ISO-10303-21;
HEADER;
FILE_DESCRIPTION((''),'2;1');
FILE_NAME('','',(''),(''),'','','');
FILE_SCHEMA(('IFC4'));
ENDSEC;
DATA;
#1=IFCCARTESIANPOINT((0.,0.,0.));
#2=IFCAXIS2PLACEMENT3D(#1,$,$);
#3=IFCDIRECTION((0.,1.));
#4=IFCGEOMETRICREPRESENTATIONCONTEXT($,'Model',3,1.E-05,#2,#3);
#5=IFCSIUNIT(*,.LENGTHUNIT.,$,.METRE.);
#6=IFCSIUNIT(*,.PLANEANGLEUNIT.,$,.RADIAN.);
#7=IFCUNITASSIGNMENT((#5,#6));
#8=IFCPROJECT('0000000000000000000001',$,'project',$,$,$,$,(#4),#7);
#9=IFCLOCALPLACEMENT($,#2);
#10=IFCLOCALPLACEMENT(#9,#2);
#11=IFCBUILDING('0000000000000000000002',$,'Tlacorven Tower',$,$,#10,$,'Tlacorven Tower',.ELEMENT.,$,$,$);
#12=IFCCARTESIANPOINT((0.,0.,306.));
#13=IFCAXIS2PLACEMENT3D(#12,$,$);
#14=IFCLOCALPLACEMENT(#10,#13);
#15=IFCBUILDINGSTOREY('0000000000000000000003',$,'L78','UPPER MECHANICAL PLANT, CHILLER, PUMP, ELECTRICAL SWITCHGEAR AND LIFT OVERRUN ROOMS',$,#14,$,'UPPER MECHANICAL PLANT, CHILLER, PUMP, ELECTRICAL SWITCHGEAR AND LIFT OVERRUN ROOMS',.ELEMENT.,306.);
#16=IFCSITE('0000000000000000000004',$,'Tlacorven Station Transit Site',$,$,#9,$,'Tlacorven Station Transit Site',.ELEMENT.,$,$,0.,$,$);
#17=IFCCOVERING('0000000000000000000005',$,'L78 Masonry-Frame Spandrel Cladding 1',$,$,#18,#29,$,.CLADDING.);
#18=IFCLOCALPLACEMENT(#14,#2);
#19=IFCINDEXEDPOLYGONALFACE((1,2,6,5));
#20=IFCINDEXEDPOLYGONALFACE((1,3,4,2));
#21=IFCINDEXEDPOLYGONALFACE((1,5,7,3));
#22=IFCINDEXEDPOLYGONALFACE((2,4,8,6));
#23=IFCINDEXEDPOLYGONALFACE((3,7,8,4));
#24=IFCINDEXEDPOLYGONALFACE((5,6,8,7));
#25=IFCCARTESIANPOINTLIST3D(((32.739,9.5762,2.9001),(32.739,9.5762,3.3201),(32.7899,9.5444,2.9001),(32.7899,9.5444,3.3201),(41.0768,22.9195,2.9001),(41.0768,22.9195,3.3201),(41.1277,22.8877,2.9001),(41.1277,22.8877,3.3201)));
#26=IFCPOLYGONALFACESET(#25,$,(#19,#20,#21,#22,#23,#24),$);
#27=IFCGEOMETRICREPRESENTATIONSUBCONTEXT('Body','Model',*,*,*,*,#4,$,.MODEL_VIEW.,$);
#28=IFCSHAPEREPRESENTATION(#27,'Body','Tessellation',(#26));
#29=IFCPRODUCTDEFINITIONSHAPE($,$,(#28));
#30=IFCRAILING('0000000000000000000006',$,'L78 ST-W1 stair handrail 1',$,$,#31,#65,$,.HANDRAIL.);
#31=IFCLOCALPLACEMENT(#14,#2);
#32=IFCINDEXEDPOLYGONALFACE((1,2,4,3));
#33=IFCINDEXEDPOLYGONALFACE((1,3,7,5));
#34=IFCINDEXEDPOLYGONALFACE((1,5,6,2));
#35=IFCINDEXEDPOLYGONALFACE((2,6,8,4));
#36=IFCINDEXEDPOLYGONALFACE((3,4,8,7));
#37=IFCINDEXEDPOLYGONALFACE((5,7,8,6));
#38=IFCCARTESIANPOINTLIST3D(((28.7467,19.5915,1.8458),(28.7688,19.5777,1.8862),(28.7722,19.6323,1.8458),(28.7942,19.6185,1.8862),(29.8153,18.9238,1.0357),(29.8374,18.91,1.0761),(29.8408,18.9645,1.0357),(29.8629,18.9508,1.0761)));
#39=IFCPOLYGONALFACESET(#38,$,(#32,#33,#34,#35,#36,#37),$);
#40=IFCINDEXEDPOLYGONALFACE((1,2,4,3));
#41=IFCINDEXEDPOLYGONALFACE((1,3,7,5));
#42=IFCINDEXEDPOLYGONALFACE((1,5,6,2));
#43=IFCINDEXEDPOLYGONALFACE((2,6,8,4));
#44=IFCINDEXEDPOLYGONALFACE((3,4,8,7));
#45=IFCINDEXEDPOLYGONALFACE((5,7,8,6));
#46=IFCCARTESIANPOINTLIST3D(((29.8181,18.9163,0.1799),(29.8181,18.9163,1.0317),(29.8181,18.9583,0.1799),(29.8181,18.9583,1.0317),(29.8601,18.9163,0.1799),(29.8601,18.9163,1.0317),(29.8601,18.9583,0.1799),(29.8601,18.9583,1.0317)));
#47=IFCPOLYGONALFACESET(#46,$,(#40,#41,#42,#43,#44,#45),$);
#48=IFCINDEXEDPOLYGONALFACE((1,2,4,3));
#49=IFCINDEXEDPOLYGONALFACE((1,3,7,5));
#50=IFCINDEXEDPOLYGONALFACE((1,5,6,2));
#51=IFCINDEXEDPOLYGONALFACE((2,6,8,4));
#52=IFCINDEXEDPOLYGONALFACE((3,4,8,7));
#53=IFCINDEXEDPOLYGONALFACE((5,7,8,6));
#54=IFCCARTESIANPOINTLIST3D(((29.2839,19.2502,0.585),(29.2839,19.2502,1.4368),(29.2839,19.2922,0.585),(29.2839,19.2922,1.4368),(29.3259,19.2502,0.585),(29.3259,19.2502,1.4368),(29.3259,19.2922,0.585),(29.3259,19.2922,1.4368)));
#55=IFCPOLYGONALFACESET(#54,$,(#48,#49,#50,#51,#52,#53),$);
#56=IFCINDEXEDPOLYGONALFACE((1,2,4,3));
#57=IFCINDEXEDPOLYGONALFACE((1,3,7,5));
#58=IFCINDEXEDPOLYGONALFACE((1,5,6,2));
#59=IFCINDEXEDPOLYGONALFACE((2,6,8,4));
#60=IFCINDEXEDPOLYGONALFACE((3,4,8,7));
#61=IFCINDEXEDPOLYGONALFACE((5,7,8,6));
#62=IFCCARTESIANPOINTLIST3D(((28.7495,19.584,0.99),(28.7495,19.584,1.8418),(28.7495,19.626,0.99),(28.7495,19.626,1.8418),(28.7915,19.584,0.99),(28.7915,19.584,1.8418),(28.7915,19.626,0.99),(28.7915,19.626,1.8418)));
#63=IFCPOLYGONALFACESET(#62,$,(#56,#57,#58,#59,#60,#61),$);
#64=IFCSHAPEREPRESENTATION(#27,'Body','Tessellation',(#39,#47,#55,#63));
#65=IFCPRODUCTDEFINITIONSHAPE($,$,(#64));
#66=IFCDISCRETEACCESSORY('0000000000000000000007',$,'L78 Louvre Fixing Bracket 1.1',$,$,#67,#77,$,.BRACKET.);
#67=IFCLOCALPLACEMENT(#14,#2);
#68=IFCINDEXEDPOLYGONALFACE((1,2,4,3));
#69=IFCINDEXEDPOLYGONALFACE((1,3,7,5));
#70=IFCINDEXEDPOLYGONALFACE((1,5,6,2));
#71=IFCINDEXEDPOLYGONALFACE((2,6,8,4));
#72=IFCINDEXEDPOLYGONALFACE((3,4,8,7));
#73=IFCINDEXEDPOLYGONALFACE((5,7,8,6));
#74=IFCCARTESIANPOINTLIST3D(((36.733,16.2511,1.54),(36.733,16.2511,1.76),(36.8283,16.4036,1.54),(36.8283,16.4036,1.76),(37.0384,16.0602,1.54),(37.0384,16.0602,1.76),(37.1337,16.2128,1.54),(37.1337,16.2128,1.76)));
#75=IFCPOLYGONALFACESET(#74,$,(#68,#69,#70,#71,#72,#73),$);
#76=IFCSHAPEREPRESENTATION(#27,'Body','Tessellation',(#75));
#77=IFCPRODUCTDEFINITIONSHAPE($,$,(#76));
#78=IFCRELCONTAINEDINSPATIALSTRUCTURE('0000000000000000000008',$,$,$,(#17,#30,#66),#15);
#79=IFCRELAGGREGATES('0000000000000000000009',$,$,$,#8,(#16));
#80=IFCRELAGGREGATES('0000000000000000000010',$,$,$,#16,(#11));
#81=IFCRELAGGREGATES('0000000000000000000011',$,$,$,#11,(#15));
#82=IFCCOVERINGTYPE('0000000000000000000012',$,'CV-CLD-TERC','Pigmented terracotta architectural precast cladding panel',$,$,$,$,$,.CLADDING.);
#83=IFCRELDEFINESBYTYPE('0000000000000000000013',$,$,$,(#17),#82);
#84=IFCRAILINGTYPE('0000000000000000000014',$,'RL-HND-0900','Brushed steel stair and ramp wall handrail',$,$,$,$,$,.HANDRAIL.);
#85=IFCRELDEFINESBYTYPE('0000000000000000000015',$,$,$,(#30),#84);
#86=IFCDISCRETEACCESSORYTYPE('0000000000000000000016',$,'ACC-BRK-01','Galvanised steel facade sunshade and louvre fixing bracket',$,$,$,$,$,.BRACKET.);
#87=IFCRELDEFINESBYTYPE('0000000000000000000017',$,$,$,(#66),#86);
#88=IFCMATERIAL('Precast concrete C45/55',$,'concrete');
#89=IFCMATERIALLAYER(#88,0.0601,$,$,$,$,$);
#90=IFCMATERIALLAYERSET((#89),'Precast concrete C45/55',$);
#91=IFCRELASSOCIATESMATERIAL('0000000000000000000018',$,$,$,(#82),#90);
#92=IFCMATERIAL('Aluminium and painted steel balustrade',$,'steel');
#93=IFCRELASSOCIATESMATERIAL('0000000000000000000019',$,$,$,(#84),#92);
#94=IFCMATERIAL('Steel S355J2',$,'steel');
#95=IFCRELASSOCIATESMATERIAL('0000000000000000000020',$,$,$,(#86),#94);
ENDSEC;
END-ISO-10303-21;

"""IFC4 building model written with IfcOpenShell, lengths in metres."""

from ifc_helpers import new_model, si_unit, direction, frame, origin, origin_2d, place, context, subcontext, project, spatial, rectangle, extrude, source, transform, mapped, material, layer, layer_set, type_object, element, save


model = new_model("IFC4")

# Units and contexts
model_context = context("Model", 3, precision=1e-05, world=origin(), true_north=direction((0.0, 1.0)))
body_context = subcontext(model_context, "Body", "Model", "MODEL_VIEW")
ifc_project = project(units=[si_unit("LENGTHUNIT", "METRE"), si_unit("PLANEANGLEUNIT", "RADIAN")], contexts=[model_context])

# Site, building, storey
site_placement = place(None, origin())
site = spatial("IfcSite", under=ifc_project, at=site_placement, Name="Tlacorven Station Transit Site", LongName="Tlacorven Station Transit Site", CompositionType="ELEMENT", RefElevation=0.0)
building_placement = place(site_placement, origin())
building = spatial("IfcBuilding", under=site, at=building_placement, Name="Tlacorven Tower", LongName="Tlacorven Tower", CompositionType="ELEMENT")
storey_placement = place(building_placement, frame((0.0, 0.0, 306.0)))
storey = spatial("IfcBuildingStorey", under=building, at=storey_placement, Name="L78", Description="UPPER MECHANICAL PLANT, CHILLER, PUMP, ELECTRICAL SWITCHGEAR AND LIFT OVERRUN ROOMS", LongName="UPPER MECHANICAL PLANT, CHILLER, PUMP, ELECTRICAL SWITCHGEAR AND LIFT OVERRUN ROOMS", CompositionType="ELEMENT", Elevation=306.0)

# Shared definitions
ifc_material_1 = material(Name="Steel S355J2", Category="steel")

# Shared definitions
ifc_material_2 = material(Name="Precast concrete C45/55", Category="concrete")

# Covering
ifc_layer_1 = layer(ifc_material_2, 0.0601)
ifc_layer_set_1 = layer_set([ifc_layer_1], Name="Precast concrete C45/55")
covering_type = type_object("IfcCoveringType", Name="CV-CLD-TERC", Description="Pigmented terracotta architectural precast cladding panel", PredefinedType="CLADDING", material=ifc_layer_set_1)
shared_shape_1 = source(origin(), body_context, "Body", "SweptSolid", [
    extrude(rectangle(XDim=15.7341, YDim=0.0601, at=origin_2d()), origin(), (0.0, 0.0, 1.0), 0.4199),
])
covering_placement = place(storey_placement, frame((36.9333, 16.2319, 2.9001), z_axis=(0.0, 0.0, 1.0), x_axis=(-0.529919, -0.848048, 0.0)))
element("IfcCovering", 1, at=covering_placement, inside=storey, type_object=covering_type, Name="L78 Masonry-Frame Spandrel Cladding 1", PredefinedType="CLADDING", context=body_context, shape_type="MappedRepresentation", body=[
    mapped(shared_shape_1, transform((0.0, 0.0, 0.0), scale=1.0)),
])

# Railing
ifc_material_3 = material(Name="Aluminium and painted steel balustrade", Category="steel")
railing_type = type_object("IfcRailingType", Name="RL-HND-0900", Description="Brushed steel stair and ramp wall handrail", PredefinedType="HANDRAIL", material=ifc_material_3)
shared_shape_2 = source(origin(), body_context, "Body", "SweptSolid", [
    extrude(rectangle(XDim=0.0481, YDim=0.0481, at=origin_2d()), frame((0.0, 0.0, 0.876), z_axis=(-0.71336, 0.445748, 0.540765), x_axis=(-0.529912, -0.848053, 0.0)), (0.0, 0.0, 1.0), 1.498),
    extrude(rectangle(XDim=0.042, YDim=0.042, at=origin_2d()), origin(), (0.0, 0.0, 1.0), 0.8518),
    extrude(rectangle(XDim=0.042, YDim=0.042, at=origin_2d()), frame((-0.5342, 0.334, 0.405)), (0.0, 0.0, 1.0), 0.8518),
    extrude(rectangle(XDim=0.042, YDim=0.042, at=origin_2d()), frame((-1.0686, 0.6677, 0.8101)), (0.0, 0.0, 1.0), 0.8518),
])
railing_placement = place(storey_placement, frame((29.8391, 18.9373, 0.1799)))
element("IfcRailing", 2, at=railing_placement, inside=storey, type_object=railing_type, Name="L78 ST-W1 stair handrail 1", PredefinedType="HANDRAIL", context=body_context, shape_type="MappedRepresentation", body=[
    mapped(shared_shape_2, transform((0.0, 0.0, 0.0), scale=1.0)),
])

# Discrete accessory
discrete_accessory_type = type_object("IfcDiscreteAccessoryType", Name="ACC-BRK-01", Description="Galvanised steel facade sunshade and louvre fixing bracket", PredefinedType="BRACKET", material=ifc_material_1)
shared_shape_3 = source(origin(), body_context, "Body", "SweptSolid", [
    extrude(rectangle(XDim=0.1799, YDim=0.3601, at=origin_2d()), origin(), (0.0, 0.0, 1.0), 0.22),
])
discrete_accessory_placement = place(storey_placement, frame((36.9333, 16.2319, 1.54), z_axis=(0.0, 0.0, 1.0), x_axis=(-0.529919, -0.848048, 0.0)))
element("IfcDiscreteAccessory", 3, at=discrete_accessory_placement, inside=storey, type_object=discrete_accessory_type, Name="L78 Louvre Fixing Bracket 1.1", PredefinedType="BRACKET", context=body_context, shape_type="MappedRepresentation", body=[
    mapped(shared_shape_3, transform((0.0, 0.0, 0.0), scale=1.0)),
])

save(model, "model.ifc")
